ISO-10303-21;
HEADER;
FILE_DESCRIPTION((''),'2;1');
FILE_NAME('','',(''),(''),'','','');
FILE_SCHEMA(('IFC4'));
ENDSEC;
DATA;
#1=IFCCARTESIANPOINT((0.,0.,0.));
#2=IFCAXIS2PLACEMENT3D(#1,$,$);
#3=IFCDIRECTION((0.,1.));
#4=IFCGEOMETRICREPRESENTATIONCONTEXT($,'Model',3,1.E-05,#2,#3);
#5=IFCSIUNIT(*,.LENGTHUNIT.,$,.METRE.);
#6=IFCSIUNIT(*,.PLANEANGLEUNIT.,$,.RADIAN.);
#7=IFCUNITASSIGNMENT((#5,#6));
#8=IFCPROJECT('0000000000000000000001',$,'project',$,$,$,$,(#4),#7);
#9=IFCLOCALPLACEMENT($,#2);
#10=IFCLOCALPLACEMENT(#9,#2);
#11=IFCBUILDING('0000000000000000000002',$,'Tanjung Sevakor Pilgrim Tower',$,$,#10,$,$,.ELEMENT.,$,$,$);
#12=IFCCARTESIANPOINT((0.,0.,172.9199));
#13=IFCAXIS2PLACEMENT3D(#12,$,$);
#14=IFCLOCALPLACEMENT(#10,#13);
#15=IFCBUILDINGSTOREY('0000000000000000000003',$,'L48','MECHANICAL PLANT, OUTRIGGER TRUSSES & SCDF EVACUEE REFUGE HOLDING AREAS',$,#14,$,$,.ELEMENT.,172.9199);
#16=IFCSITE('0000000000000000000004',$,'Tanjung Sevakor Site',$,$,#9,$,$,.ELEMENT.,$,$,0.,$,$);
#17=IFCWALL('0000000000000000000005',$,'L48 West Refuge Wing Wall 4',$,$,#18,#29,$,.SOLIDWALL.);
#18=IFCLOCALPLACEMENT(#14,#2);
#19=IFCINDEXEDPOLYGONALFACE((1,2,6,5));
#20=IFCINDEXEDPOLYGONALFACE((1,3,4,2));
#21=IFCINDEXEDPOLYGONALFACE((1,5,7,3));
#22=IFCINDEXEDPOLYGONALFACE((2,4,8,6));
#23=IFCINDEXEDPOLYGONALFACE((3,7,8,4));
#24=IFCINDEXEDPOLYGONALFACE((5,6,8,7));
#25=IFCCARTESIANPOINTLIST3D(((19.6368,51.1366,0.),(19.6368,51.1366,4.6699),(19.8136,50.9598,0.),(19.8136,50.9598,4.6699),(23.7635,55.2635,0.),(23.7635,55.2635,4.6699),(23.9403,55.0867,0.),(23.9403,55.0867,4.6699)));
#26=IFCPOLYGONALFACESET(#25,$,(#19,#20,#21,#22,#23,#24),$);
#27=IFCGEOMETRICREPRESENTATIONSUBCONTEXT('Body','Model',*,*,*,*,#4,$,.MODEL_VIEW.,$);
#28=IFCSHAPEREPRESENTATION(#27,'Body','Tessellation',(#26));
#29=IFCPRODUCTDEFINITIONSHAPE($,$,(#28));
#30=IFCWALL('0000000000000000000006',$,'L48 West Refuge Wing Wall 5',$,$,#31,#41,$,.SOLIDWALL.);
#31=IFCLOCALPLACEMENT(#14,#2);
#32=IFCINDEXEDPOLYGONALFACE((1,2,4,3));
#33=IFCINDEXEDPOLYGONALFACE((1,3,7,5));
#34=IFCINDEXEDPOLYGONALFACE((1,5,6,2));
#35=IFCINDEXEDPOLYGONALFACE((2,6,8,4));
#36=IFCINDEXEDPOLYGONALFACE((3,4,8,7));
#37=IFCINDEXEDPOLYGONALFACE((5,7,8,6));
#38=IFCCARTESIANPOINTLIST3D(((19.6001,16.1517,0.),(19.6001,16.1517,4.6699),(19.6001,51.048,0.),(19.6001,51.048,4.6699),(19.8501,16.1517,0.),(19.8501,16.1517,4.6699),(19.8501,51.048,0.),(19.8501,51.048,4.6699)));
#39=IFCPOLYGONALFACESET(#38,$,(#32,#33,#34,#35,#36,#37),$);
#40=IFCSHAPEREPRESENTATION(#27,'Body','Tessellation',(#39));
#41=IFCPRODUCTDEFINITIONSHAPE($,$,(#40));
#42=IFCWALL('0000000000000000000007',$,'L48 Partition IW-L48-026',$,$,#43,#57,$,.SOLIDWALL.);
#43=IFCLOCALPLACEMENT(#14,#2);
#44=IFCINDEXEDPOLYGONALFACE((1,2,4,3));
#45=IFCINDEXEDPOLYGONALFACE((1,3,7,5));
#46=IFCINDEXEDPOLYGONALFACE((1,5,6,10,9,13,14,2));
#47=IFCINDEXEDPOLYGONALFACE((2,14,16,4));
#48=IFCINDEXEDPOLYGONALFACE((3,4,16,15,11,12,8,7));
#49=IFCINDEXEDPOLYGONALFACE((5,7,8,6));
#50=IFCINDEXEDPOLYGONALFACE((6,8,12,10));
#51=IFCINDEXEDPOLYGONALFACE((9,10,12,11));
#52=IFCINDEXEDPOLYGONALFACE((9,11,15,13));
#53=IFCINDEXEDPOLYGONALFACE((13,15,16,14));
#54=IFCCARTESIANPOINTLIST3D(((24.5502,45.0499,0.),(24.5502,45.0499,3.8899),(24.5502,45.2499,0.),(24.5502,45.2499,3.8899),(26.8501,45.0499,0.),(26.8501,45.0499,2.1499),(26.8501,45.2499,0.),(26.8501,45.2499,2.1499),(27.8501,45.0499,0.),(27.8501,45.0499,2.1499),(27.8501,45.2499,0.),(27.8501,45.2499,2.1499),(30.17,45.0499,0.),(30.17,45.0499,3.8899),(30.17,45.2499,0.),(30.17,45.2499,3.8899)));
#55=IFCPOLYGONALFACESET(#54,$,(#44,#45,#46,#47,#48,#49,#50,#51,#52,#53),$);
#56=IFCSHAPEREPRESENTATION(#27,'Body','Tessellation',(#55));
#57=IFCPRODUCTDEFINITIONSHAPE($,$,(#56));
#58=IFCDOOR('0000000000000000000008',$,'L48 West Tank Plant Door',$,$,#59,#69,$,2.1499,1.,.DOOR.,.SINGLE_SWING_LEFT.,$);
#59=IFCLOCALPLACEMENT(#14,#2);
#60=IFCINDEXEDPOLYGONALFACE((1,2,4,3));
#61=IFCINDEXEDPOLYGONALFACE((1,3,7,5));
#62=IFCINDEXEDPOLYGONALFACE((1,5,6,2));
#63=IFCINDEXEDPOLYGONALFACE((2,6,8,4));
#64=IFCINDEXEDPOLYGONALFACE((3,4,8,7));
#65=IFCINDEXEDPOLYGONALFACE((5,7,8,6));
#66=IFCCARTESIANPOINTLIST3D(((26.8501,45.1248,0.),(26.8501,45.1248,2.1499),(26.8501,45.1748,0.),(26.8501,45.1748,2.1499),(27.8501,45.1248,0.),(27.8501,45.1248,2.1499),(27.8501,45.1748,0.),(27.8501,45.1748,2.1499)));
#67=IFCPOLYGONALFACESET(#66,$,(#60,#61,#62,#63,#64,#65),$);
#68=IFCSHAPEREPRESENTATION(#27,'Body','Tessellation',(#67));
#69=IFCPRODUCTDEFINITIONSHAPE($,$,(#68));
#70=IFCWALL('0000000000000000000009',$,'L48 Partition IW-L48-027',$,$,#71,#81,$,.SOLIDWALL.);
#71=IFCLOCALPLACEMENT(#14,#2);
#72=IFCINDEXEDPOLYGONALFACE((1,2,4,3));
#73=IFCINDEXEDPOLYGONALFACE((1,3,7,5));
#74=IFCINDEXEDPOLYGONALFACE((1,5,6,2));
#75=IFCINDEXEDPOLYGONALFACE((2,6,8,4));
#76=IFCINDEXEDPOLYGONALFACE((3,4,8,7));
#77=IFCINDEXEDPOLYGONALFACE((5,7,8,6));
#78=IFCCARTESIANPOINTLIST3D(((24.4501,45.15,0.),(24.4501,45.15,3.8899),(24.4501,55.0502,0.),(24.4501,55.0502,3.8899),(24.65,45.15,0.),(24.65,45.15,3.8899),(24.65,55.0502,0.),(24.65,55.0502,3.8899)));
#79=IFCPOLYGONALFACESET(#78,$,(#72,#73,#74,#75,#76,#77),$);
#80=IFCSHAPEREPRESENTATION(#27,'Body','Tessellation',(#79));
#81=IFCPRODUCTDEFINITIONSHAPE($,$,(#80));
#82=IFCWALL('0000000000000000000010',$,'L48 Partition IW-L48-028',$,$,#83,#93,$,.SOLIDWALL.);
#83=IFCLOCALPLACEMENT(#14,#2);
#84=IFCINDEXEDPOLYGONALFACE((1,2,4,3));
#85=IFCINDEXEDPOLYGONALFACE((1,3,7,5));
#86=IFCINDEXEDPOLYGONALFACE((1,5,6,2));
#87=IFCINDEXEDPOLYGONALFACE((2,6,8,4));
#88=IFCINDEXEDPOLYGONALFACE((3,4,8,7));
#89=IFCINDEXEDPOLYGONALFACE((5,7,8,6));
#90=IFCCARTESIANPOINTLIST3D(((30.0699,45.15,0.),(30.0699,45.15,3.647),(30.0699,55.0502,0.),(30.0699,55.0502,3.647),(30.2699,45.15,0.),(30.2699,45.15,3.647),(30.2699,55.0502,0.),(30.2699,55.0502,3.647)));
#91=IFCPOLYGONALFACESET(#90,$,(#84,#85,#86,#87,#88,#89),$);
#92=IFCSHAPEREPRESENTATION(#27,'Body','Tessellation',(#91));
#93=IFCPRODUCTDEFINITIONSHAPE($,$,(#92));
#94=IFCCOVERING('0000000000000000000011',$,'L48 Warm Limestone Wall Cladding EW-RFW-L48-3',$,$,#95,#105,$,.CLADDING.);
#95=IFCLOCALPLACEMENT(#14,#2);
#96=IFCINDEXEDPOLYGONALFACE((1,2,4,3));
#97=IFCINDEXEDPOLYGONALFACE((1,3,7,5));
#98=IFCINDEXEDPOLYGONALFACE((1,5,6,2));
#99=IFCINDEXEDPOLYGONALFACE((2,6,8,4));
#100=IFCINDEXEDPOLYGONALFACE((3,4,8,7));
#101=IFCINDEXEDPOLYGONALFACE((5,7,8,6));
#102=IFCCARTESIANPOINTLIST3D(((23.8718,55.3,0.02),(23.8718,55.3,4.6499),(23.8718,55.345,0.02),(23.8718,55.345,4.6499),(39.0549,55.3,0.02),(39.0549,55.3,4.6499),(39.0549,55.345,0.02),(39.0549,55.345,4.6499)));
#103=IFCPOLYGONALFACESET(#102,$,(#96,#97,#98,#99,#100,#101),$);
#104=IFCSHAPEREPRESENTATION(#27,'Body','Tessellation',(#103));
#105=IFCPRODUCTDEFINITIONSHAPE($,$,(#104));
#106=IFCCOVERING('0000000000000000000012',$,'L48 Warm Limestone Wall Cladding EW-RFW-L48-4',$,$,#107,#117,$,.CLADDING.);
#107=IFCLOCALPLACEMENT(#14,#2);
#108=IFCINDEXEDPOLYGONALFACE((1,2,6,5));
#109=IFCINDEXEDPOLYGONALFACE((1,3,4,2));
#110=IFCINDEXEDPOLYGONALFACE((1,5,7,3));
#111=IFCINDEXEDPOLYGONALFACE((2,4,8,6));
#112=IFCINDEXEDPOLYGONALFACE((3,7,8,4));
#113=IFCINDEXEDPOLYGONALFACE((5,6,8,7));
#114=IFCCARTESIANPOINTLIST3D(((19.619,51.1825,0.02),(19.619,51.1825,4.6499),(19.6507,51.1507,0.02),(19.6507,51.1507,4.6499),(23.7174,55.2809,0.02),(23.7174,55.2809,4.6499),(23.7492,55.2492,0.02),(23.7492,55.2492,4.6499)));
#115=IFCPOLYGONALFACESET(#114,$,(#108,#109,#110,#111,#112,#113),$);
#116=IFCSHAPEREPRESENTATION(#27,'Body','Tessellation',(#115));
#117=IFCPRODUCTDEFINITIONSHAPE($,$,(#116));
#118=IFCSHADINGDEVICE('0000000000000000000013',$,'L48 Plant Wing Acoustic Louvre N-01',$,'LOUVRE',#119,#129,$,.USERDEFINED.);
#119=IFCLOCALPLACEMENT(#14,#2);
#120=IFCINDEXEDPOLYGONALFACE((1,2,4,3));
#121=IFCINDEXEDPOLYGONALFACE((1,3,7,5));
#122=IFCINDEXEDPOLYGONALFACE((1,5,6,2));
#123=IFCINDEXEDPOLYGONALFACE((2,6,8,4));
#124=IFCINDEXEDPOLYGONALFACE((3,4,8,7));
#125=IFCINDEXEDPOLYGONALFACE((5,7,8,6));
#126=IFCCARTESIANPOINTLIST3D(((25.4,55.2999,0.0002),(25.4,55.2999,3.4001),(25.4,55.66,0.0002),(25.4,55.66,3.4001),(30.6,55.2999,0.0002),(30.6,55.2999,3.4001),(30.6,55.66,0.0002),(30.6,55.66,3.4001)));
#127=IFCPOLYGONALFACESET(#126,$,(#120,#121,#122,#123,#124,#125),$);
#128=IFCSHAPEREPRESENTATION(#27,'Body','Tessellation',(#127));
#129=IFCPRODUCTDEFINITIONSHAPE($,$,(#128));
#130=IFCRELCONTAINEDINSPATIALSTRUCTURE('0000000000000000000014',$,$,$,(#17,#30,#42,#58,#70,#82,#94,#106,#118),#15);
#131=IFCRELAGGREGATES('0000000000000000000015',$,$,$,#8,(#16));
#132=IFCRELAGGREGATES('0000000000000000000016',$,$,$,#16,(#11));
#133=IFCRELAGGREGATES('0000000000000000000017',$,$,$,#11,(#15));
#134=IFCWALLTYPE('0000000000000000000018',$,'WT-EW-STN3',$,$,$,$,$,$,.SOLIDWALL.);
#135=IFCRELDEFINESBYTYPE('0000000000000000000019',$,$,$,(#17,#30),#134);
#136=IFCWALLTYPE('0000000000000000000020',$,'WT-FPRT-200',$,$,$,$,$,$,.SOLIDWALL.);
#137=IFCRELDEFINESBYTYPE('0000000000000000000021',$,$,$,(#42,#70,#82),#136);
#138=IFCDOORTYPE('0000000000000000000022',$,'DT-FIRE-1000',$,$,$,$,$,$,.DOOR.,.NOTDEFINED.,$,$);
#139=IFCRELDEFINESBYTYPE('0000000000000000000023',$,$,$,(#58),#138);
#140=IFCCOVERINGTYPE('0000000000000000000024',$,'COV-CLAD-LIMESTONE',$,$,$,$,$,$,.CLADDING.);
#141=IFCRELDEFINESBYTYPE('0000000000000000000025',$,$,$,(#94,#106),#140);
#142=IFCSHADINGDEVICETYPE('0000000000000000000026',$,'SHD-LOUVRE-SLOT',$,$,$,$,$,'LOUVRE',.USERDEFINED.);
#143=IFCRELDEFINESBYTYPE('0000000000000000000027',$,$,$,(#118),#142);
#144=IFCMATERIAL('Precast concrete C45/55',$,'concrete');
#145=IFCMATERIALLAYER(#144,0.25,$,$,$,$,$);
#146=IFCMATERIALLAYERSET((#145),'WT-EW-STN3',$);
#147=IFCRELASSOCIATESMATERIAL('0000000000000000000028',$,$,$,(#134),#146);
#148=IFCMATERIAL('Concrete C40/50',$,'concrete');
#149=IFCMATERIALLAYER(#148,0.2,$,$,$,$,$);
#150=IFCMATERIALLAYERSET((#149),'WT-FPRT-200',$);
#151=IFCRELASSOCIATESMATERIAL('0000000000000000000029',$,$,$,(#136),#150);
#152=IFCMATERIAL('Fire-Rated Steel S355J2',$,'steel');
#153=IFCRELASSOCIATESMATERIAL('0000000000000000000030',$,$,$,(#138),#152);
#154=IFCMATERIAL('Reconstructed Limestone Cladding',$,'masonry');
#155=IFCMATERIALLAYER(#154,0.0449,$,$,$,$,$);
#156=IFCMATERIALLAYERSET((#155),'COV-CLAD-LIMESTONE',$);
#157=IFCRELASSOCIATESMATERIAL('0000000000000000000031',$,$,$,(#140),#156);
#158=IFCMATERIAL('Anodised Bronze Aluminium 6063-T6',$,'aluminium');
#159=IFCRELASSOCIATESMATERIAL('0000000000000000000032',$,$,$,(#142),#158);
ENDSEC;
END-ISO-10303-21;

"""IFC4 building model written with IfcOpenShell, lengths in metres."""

from ifc_helpers import new_model, si_unit, direction, frame, frame_2d, origin, origin_2d, place, context, subcontext, project, spatial, rectangle, extrude, material, layer, layer_set, type_object, element, fill, save


model = new_model("IFC4")

# Units and contexts
model_context = context("Model", 3, precision=1e-05, world=origin(), true_north=direction((0.0, 1.0)))
body_context = subcontext(model_context, "Body", "Model", "MODEL_VIEW")
ifc_project = project(units=[si_unit("LENGTHUNIT", "METRE"), si_unit("PLANEANGLEUNIT", "RADIAN")], contexts=[model_context])

# Site, building, storey
site_placement = place(None, origin())
site = spatial("IfcSite", under=ifc_project, at=site_placement, Name="Tanjung Sevakor Site", CompositionType="ELEMENT", RefElevation=0.0)
building_placement = place(site_placement, origin())
building = spatial("IfcBuilding", under=site, at=building_placement, Name="Tanjung Sevakor Pilgrim Tower", CompositionType="ELEMENT")
storey_placement = place(building_placement, frame((0.0, 0.0, 172.9199)))
storey = spatial("IfcBuildingStorey", under=building, at=storey_placement, Name="L48", Description="MECHANICAL PLANT, OUTRIGGER TRUSSES & SCDF EVACUEE REFUGE HOLDING AREAS", CompositionType="ELEMENT", Elevation=172.9199)

# Walls
ifc_material_1 = material(Name="Precast concrete C45/55", Category="concrete")
ifc_layer_1 = layer(ifc_material_1, 0.25)
ifc_layer_set_1 = layer_set([ifc_layer_1], Name="WT-EW-STN3")
wall_type_1 = type_object("IfcWallType", Name="WT-EW-STN3", PredefinedType="SOLIDWALL", material=ifc_layer_set_1)
wall_1_placement = place(storey_placement, frame((23.8518, 55.175, 0.0), z_axis=(0.0, 0.0, 1.0), x_axis=(-0.707086, -0.707128, 0.0)))
element("IfcWall", 1, at=wall_1_placement, inside=storey, type_object=wall_type_1, Name="L48 West Refuge Wing Wall 4", PredefinedType="SOLIDWALL", context=body_context, shape_type="SweptSolid", body=[
    extrude(rectangle(XDim=5.8362, YDim=0.25, at=frame_2d((2.918, 0.0))), origin(), (0.0, 0.0, 1.0), 4.6699),
])
wall_2_placement = place(storey_placement, frame((19.7251, 51.0481, 0.0), z_axis=(0.0, 0.0, 1.0), x_axis=(0.0, -1.0, 0.0)))
element("IfcWall", 2, at=wall_2_placement, inside=storey, type_object=wall_type_1, Name="L48 West Refuge Wing Wall 5", PredefinedType="SOLIDWALL", context=body_context, shape_type="SweptSolid", body=[
    extrude(rectangle(XDim=34.8962, YDim=0.25, at=frame_2d((17.4482, 0.0))), origin(), (0.0, 0.0, 1.0), 4.6699),
])

# Wall, opening, door
ifc_material_2 = material(Name="Concrete C40/50", Category="concrete")
ifc_layer_2 = layer(ifc_material_2, 0.2)
ifc_layer_set_2 = layer_set([ifc_layer_2], Name="WT-FPRT-200")
wall_type_2 = type_object("IfcWallType", Name="WT-FPRT-200", PredefinedType="SOLIDWALL", material=ifc_layer_set_2)
wall_3_placement = place(storey_placement, frame((24.55, 45.1499, 0.0), z_axis=(0.0, 0.0, 1.0), x_axis=(1.0, 0.0, 0.0)))
wall_3 = element("IfcWall", 3, at=wall_3_placement, inside=storey, type_object=wall_type_2, Name="L48 Partition IW-L48-026", PredefinedType="SOLIDWALL", context=body_context, shape_type="SweptSolid", body=[
    extrude(rectangle(XDim=5.6199, YDim=0.2, at=frame_2d((2.8101, 0.0))), origin(), (0.0, 0.0, 1.0), 3.8899),
])
opening_1_placement = place(wall_3_placement, frame((2.3, 0.0, 0.0)))
opening_1 = element("IfcOpeningElement", 4, at=opening_1_placement, cuts=wall_3, PredefinedType="OPENING", context=body_context, shape_type="SweptSolid", body=[
    extrude(rectangle(XDim=1.0, YDim=2.1499, at=frame_2d((0.5, 1.075))), frame((0.0, 0.1099, 0.0), z_axis=(0.0, -1.0, 0.0), x_axis=(1.0, 0.0, 0.0)), (0.0, 0.0, 1.0), 0.22),
])
ifc_material_3 = material(Name="Fire-Rated Steel S355J2", Category="steel")
door_type = type_object("IfcDoorType", Name="DT-FIRE-1000", OperationType="NOTDEFINED", PredefinedType="DOOR", material=ifc_material_3)
door_1_placement = place(opening_1_placement, origin())
door_1 = element("IfcDoor", 5, at=door_1_placement, inside=storey, type_object=door_type, Name="L48 West Tank Plant Door", OperationType="SINGLE_SWING_LEFT", OverallHeight=2.1499, OverallWidth=1.0, PredefinedType="DOOR", context=body_context, shape_type="SweptSolid", body=[
    extrude(rectangle(XDim=1.0, YDim=2.1499, at=frame_2d((0.5, 1.075))), frame((0.0, 0.0249, 0.0), z_axis=(0.0, -1.0, 0.0), x_axis=(1.0, 0.0, 0.0)), (0.0, 0.0, 1.0), 0.05),
])
fill(opening_1, door_1)

# Walls
wall_4_placement = place(storey_placement, frame((24.55, 45.1499, 0.0), z_axis=(0.0, 0.0, 1.0), x_axis=(0.0, 1.0, 0.0)))
element("IfcWall", 6, at=wall_4_placement, inside=storey, type_object=wall_type_2, Name="L48 Partition IW-L48-027", PredefinedType="SOLIDWALL", context=body_context, shape_type="SweptSolid", body=[
    extrude(rectangle(XDim=9.9001, YDim=0.2, at=frame_2d((4.9502, 0.0))), origin(), (0.0, 0.0, 1.0), 3.8899),
])
wall_5_placement = place(storey_placement, frame((30.1699, 45.1499, 0.0), z_axis=(0.0, 0.0, 1.0), x_axis=(0.0, 1.0, 0.0)))
element("IfcWall", 7, at=wall_5_placement, inside=storey, type_object=wall_type_2, Name="L48 Partition IW-L48-028", PredefinedType="SOLIDWALL", context=body_context, shape_type="SweptSolid", body=[
    extrude(rectangle(XDim=9.9001, YDim=0.2, at=frame_2d((4.9502, 0.0))), origin(), (0.0, 0.0, 1.0), 3.647),
])

# Coverings
ifc_material_4 = material(Name="Reconstructed Limestone Cladding", Category="masonry")
ifc_layer_3 = layer(ifc_material_4, 0.0449)
ifc_layer_set_3 = layer_set([ifc_layer_3], Name="COV-CLAD-LIMESTONE")
covering_type = type_object("IfcCoveringType", Name="COV-CLAD-LIMESTONE", PredefinedType="CLADDING", material=ifc_layer_set_3)
covering_1_placement = place(storey_placement, frame((31.4634, 55.3225, 0.02), z_axis=(0.0, 0.0, 1.0), x_axis=(-1.0, 0.0, 0.0)))
element("IfcCovering", 8, at=covering_1_placement, inside=storey, type_object=covering_type, Name="L48 Warm Limestone Wall Cladding EW-RFW-L48-3", PredefinedType="CLADDING", context=body_context, shape_type="SweptSolid", body=[
    extrude(rectangle(XDim=15.1831, YDim=0.0449, at=origin_2d()), origin(), (0.0, 0.0, 1.0), 4.6299),
])
covering_2_placement = place(storey_placement, frame((21.6841, 53.2158, 0.02), z_axis=(0.0, 0.0, 1.0), x_axis=(-0.707107, -0.707107, 0.0)))
element("IfcCovering", 9, at=covering_2_placement, inside=storey, type_object=covering_type, Name="L48 Warm Limestone Wall Cladding EW-RFW-L48-4", PredefinedType="CLADDING", context=body_context, shape_type="SweptSolid", body=[
    extrude(rectangle(XDim=5.7961, YDim=0.0449, at=origin_2d()), origin(), (0.0, 0.0, 1.0), 4.6299),
])

# Shading device
ifc_material_5 = material(Name="Anodised Bronze Aluminium 6063-T6", Category="aluminium")
shading_device_type = type_object("IfcShadingDeviceType", Name="SHD-LOUVRE-SLOT", ElementType="LOUVRE", PredefinedType="USERDEFINED", material=ifc_material_5)
shading_device_placement = place(storey_placement, frame((28.0, 55.48, 0.0002), z_axis=(0.0, 0.0, 1.0), x_axis=(1.0, 0.0, 0.0)))
element("IfcShadingDevice", 10, at=shading_device_placement, inside=storey, type_object=shading_device_type, Name="L48 Plant Wing Acoustic Louvre N-01", ObjectType="LOUVRE", PredefinedType="USERDEFINED", context=body_context, shape_type="SweptSolid", body=[
    extrude(rectangle(XDim=5.2, YDim=0.3601, at=origin_2d()), origin(), (0.0, 0.0, 1.0), 3.3999),
])

save(model, "model.ifc")
